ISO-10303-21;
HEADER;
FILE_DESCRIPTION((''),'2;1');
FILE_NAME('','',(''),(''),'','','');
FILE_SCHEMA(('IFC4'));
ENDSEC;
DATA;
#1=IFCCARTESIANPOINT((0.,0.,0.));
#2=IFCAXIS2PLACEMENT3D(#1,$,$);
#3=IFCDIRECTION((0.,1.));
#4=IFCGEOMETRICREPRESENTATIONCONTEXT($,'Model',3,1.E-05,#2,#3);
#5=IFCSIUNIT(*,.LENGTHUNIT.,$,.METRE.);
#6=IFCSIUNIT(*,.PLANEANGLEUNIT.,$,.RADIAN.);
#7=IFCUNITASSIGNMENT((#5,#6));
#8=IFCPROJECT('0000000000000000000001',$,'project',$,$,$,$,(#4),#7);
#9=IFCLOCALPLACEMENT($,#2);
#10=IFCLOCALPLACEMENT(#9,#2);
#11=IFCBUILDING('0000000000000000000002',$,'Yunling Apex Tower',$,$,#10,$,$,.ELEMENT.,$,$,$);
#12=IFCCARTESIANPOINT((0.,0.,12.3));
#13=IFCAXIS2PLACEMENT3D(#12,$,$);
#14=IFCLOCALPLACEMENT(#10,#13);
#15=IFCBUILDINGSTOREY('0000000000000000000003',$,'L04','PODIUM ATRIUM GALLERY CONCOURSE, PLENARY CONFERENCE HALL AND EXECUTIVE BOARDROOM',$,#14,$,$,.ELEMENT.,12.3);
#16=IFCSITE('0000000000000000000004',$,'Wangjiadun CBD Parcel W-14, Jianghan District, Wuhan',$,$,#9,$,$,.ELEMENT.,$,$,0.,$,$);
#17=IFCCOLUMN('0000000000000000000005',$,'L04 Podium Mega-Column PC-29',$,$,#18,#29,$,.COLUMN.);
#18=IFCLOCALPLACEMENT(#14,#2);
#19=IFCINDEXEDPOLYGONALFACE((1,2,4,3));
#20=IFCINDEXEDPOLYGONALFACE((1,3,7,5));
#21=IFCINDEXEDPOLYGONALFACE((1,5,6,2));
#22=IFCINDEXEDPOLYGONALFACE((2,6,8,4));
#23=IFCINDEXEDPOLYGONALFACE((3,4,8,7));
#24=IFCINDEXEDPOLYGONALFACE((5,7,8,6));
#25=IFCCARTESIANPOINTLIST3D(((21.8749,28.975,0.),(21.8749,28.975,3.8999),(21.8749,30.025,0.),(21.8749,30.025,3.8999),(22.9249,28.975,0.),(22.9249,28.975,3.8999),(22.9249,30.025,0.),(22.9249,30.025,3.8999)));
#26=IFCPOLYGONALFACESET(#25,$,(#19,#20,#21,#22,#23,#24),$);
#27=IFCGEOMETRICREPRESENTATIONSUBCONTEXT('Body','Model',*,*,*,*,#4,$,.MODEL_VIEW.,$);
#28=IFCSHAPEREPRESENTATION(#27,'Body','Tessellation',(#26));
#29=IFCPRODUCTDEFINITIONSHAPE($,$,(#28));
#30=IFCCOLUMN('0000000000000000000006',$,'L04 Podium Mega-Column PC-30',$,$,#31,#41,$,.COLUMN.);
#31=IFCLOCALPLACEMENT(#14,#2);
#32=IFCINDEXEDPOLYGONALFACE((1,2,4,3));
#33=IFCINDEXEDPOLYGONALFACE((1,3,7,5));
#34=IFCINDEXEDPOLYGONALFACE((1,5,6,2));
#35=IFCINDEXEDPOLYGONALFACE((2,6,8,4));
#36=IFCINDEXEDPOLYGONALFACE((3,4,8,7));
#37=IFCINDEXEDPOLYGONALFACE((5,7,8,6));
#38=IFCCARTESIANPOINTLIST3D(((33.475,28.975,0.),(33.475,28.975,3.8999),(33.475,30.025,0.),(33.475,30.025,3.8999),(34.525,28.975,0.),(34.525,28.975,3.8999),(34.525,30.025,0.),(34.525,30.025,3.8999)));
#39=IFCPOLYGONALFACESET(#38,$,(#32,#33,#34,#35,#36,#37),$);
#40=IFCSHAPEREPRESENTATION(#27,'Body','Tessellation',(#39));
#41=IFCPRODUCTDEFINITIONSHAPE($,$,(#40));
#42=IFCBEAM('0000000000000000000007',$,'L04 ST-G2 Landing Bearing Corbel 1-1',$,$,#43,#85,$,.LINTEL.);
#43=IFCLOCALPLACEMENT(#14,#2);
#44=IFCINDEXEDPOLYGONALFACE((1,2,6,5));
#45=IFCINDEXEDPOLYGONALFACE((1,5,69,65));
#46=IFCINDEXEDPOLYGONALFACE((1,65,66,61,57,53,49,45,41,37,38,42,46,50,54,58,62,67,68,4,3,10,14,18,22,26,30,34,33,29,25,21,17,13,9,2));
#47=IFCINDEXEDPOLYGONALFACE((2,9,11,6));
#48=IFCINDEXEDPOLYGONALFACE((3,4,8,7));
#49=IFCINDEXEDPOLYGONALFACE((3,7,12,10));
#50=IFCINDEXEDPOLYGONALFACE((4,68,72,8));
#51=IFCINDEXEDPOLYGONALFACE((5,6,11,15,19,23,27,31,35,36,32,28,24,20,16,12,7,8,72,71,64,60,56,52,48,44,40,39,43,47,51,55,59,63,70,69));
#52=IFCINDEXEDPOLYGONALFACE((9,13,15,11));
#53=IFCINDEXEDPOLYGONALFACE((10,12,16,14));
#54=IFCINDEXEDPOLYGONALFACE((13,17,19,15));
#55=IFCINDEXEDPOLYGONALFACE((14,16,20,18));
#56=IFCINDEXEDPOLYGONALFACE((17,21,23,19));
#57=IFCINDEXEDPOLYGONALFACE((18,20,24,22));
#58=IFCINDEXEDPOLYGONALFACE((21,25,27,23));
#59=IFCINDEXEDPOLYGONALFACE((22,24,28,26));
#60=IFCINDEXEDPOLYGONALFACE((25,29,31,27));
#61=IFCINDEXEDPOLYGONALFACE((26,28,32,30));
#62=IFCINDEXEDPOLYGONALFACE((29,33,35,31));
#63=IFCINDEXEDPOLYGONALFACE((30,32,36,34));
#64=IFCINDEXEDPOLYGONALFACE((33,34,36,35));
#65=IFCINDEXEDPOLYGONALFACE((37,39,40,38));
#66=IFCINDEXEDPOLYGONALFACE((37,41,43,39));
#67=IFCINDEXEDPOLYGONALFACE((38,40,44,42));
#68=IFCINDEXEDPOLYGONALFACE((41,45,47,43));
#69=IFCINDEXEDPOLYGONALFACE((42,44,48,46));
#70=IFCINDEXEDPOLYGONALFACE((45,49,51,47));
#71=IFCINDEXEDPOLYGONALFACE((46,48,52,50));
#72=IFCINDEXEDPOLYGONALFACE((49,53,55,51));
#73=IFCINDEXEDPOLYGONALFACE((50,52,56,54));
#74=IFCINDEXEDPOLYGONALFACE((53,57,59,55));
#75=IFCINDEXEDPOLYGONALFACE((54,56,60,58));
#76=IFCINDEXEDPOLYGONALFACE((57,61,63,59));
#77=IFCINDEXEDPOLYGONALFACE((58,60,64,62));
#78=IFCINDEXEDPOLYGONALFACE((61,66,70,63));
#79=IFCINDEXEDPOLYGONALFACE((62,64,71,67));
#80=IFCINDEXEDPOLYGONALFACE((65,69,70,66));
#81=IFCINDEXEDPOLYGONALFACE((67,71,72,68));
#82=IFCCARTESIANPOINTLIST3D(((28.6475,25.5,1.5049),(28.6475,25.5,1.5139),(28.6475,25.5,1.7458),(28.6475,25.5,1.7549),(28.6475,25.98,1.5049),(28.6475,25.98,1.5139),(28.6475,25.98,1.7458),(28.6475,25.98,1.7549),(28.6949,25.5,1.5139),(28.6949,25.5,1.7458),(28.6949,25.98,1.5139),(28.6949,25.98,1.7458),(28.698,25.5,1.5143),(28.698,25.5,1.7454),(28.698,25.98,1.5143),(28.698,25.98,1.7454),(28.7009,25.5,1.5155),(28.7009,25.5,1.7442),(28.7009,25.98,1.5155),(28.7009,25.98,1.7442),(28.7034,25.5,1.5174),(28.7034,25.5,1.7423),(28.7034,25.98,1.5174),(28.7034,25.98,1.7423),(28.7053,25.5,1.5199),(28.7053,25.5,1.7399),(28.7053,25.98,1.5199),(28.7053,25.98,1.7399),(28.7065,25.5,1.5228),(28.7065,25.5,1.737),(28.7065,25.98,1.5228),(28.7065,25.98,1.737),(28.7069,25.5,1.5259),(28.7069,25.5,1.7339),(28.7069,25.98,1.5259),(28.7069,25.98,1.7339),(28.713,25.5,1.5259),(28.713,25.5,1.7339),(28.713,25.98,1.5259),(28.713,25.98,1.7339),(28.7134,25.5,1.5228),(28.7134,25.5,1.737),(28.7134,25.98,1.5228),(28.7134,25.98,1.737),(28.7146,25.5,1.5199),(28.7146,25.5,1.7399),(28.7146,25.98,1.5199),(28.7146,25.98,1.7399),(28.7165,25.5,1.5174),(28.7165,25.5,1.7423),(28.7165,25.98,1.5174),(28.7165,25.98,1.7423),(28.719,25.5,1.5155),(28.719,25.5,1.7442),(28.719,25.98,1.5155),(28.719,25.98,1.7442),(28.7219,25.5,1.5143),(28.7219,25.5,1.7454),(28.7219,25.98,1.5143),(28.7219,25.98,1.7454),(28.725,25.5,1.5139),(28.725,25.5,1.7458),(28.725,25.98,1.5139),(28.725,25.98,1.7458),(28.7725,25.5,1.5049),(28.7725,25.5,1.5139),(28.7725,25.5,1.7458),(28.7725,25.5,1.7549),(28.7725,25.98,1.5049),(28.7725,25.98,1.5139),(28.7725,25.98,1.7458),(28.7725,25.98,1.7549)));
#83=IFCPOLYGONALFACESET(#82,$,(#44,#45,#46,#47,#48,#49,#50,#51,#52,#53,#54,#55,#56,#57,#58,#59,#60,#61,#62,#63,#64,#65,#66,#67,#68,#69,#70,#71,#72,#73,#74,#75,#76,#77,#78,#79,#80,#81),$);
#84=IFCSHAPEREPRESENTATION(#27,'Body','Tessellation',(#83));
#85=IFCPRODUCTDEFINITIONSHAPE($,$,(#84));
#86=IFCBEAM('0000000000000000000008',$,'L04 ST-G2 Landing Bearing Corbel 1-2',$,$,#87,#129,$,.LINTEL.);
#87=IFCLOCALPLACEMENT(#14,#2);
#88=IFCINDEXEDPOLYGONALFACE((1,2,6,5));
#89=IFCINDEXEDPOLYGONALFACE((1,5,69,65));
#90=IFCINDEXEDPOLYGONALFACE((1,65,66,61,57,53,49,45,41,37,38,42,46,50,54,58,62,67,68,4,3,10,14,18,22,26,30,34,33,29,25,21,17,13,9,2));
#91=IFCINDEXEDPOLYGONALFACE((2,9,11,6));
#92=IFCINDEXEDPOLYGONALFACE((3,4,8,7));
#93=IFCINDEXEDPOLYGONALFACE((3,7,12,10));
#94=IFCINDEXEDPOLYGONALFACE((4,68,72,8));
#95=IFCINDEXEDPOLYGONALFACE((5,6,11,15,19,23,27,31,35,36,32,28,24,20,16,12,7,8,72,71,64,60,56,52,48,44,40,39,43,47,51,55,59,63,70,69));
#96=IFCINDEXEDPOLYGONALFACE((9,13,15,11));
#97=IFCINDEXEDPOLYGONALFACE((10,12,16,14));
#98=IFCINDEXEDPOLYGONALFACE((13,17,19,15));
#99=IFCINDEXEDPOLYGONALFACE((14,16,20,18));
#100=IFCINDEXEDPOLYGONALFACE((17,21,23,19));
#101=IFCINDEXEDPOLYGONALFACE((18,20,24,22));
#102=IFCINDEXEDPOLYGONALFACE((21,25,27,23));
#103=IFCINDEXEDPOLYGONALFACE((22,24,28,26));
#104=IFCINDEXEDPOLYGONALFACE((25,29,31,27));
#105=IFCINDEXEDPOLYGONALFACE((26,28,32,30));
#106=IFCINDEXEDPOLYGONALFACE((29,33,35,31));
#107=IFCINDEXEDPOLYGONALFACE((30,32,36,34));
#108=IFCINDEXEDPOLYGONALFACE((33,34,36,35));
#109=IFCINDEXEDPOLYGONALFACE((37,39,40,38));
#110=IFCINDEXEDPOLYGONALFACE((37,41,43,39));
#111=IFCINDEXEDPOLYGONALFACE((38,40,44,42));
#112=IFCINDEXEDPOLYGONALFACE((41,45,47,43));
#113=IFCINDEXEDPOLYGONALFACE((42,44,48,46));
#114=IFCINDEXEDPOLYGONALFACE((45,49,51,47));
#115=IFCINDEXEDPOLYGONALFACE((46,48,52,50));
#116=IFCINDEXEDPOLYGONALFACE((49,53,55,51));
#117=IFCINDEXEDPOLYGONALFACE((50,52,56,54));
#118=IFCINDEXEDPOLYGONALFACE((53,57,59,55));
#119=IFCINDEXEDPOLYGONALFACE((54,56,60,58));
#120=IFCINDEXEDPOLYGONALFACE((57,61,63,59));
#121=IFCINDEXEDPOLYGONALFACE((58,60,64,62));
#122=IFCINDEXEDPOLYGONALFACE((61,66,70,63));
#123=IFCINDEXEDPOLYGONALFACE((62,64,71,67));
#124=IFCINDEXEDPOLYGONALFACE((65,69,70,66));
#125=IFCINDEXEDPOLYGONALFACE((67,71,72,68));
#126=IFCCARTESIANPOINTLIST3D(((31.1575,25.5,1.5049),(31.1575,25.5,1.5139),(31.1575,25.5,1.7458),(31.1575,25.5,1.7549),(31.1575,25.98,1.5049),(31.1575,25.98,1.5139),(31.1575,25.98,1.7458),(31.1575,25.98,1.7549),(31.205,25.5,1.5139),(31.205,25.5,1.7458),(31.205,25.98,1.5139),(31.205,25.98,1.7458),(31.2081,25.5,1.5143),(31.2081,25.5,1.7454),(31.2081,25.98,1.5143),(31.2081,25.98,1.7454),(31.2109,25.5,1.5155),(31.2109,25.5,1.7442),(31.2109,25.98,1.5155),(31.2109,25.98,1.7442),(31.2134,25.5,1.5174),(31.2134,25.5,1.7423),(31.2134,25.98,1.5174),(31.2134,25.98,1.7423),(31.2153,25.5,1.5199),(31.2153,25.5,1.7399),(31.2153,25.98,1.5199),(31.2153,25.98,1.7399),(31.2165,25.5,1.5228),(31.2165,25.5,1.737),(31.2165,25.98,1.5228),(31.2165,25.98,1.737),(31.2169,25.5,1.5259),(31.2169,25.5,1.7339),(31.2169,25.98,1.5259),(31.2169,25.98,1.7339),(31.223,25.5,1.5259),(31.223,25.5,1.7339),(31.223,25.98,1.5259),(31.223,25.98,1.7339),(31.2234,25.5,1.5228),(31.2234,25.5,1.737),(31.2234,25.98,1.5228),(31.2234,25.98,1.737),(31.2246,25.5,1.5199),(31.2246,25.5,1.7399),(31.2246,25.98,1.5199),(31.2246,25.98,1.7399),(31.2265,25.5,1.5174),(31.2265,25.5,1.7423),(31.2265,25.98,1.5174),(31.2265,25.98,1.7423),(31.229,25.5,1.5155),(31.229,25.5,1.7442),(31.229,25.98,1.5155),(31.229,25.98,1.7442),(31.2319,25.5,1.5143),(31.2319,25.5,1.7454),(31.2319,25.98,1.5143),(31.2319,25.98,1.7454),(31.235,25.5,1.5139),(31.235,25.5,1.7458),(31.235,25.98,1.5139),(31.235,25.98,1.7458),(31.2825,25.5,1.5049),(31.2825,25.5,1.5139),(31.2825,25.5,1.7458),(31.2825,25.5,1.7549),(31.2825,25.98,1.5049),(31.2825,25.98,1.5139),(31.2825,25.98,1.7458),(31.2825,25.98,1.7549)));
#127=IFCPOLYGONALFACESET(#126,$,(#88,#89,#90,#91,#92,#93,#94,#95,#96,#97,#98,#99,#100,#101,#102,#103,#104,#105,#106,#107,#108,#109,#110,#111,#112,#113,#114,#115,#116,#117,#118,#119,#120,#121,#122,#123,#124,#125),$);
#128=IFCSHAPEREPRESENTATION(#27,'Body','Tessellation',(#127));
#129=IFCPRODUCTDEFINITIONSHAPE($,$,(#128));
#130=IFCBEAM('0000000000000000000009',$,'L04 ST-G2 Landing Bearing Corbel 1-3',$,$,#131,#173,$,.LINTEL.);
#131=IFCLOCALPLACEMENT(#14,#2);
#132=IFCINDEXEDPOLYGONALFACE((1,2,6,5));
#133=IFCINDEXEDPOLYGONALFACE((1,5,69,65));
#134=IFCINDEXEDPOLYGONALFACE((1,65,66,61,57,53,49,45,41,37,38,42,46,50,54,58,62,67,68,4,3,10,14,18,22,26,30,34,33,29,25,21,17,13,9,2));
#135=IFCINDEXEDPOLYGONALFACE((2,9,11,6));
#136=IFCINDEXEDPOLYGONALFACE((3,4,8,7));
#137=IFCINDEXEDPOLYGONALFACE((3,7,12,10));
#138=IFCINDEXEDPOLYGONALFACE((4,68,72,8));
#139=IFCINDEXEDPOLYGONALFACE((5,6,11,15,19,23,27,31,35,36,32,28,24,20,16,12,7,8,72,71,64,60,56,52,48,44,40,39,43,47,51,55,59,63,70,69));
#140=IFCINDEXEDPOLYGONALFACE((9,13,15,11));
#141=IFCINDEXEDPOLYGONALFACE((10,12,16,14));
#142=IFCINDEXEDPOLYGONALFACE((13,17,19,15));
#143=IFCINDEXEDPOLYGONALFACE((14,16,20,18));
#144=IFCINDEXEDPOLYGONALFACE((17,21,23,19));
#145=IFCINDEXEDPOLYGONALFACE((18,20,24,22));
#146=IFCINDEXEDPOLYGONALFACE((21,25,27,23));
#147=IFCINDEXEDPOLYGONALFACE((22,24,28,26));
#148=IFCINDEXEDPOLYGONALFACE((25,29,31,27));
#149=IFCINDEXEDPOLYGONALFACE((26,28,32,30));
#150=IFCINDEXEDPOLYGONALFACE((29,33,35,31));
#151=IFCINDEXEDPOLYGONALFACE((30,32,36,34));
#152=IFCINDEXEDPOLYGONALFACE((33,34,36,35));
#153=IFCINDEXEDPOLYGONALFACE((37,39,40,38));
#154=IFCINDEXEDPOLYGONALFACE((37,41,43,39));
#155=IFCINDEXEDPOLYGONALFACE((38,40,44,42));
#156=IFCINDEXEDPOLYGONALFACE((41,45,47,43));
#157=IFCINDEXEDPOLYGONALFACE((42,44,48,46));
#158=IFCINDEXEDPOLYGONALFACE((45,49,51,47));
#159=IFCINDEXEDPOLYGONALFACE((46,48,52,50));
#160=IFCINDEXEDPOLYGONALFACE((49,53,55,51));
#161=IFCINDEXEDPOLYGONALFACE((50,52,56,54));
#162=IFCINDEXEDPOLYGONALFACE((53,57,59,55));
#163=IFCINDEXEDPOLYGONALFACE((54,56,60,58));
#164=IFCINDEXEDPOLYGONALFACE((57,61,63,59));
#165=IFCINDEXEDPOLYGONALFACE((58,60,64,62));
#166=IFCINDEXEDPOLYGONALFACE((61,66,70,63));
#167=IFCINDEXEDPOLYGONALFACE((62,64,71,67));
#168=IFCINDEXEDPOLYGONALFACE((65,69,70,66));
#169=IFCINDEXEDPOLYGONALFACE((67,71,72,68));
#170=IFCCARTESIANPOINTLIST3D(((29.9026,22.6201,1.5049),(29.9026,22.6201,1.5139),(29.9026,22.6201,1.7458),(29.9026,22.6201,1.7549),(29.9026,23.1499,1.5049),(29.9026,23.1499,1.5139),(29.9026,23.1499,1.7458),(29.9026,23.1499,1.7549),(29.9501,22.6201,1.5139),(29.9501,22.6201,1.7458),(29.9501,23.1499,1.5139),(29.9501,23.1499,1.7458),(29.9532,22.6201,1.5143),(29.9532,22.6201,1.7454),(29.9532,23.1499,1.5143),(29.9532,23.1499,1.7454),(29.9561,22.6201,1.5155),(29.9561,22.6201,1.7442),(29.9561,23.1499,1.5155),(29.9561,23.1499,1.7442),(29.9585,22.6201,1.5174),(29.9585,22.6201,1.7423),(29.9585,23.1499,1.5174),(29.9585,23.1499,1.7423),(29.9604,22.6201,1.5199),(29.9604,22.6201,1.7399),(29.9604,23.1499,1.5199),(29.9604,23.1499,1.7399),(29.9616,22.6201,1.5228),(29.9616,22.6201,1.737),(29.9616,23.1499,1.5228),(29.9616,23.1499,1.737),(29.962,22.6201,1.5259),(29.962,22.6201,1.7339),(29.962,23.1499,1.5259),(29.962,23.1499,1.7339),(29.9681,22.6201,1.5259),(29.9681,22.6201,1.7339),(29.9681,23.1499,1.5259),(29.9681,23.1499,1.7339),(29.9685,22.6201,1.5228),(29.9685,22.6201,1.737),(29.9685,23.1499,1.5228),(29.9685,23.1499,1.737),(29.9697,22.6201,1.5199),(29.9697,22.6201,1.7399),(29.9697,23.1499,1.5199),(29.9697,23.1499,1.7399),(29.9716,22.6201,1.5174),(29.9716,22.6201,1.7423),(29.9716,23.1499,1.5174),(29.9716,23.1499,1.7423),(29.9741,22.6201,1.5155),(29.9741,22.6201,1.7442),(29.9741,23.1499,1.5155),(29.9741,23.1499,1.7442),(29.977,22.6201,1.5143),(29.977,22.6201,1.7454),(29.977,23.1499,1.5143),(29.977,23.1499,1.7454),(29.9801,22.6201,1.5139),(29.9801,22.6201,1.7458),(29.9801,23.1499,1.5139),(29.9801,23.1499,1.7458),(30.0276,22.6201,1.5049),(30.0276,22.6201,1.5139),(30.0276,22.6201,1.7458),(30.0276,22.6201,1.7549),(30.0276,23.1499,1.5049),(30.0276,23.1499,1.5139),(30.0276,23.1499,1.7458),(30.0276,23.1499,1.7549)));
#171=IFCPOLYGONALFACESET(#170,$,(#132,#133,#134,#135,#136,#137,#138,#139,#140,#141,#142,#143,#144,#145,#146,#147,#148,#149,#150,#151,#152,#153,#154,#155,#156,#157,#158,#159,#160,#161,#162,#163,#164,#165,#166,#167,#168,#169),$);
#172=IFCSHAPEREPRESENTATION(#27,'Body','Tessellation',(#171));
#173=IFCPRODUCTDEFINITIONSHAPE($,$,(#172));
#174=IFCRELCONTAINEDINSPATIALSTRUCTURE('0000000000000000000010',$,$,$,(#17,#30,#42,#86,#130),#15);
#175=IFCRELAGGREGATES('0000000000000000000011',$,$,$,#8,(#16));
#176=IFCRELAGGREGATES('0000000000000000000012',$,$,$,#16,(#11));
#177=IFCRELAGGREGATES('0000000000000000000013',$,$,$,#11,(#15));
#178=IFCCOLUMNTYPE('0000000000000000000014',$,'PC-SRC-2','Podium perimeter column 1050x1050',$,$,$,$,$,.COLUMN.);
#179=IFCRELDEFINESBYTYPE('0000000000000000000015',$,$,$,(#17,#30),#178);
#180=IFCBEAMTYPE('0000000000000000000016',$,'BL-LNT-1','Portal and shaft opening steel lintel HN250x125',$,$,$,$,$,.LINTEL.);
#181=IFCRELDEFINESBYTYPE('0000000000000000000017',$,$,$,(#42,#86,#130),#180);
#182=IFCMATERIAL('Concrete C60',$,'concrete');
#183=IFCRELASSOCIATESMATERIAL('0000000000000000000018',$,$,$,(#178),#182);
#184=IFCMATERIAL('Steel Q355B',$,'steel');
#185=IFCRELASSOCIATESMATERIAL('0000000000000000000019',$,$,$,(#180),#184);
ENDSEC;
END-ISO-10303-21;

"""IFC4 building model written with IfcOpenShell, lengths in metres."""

from ifc_helpers import new_model, si_unit, direction, frame, origin, origin_2d, place, context, subcontext, project, spatial, rectangle, i_section, extrude, source, transform, mapped, material, material_profile, profile_set, type_object, element, save


model = new_model("IFC4")

# Units and contexts
model_context = context("Model", 3, precision=1e-05, world=origin(), true_north=direction((0.0, 1.0)))
body_context = subcontext(model_context, "Body", "Model", "MODEL_VIEW")
ifc_project = project(units=[si_unit("LENGTHUNIT", "METRE"), si_unit("PLANEANGLEUNIT", "RADIAN")], contexts=[model_context])

# Site, building, storey
site_placement = place(None, origin())
site = spatial("IfcSite", under=ifc_project, at=site_placement, Name="Wangjiadun CBD Parcel W-14, Jianghan District, Wuhan", CompositionType="ELEMENT", RefElevation=0.0)
building_placement = place(site_placement, origin())
building = spatial("IfcBuilding", under=site, at=building_placement, Name="Yunling Apex Tower", CompositionType="ELEMENT")
storey_placement = place(building_placement, frame((0.0, 0.0, 12.3)))
storey = spatial("IfcBuildingStorey", under=building, at=storey_placement, Name="L04", Description="PODIUM ATRIUM GALLERY CONCOURSE, PLENARY CONFERENCE HALL AND EXECUTIVE BOARDROOM", CompositionType="ELEMENT", Elevation=12.3)

# Columns
ifc_material_1 = material(Name="Concrete C60", Category="concrete")
ifc_material_profile_1 = material_profile(ifc_material_1, rectangle(XDim=1.05, YDim=1.05, at=origin_2d()))
ifc_profile_set_1 = profile_set([ifc_material_profile_1], Name="Concrete C60")
column_type = type_object("IfcColumnType", Name="PC-SRC-2", Description="Podium perimeter column 1050x1050", PredefinedType="COLUMN", material=ifc_profile_set_1)
shared_shape_1 = source(origin(), body_context, "Body", "SweptSolid", [
    extrude(rectangle(XDim=1.05, YDim=1.05, at=origin_2d()), origin(), (0.0, 0.0, 1.0), 3.8999),
])
for number, where, z_axis, x_axis, name in (
    (1, (22.3999, 29.5, 0.0), (0.0, 0.0, 1.0), (1.0, 0.0, 0.0), "L04 Podium Mega-Column PC-29"),
    (2, (34.0, 29.5, 0.0), (0.0, 0.0, 1.0), (1.0, 0.0, 0.0), "L04 Podium Mega-Column PC-30"),
):
    element("IfcColumn", number, at=place(storey_placement, frame(where, z_axis=z_axis, x_axis=x_axis)), inside=storey, type_object=column_type, Name=name, PredefinedType="COLUMN", context=body_context, shape_type="MappedRepresentation", body=[
        mapped(shared_shape_1, transform((0.0, 0.0, 0.0), scale=1.0)),
    ])

# Beams
ifc_material_2 = material(Name="Steel Q355B", Category="steel")
ifc_material_profile_2 = material_profile(ifc_material_2, i_section(OverallWidth=0.125, OverallDepth=0.25, WebThickness=0.0061, FlangeThickness=0.009, FilletRadius=0.012, at=origin_2d()))
ifc_profile_set_2 = profile_set([ifc_material_profile_2], Name="Steel Q355B")
beam_type_1 = type_object("IfcBeamType", Name="BL-LNT-1", Description="Portal and shaft opening steel lintel HN250x125", PredefinedType="LINTEL", material=ifc_profile_set_2)
shared_shape_2 = source(origin(), body_context, "Body", "SweptSolid", [
    extrude(i_section(OverallWidth=0.125, OverallDepth=0.25, WebThickness=0.0061, FlangeThickness=0.009, FilletRadius=0.012, at=origin_2d()), origin(), (0.0, 0.0, 1.0), 0.48),
])
for number, where, z_axis, x_axis, name in (
    (3, (28.71, 25.98, 1.6299), (0.0, -1.0, 0.0), (1.0, 0.0, 0.0), "L04 ST-G2 Landing Bearing Corbel 1-1"),
    (4, (31.22, 25.98, 1.6299), (0.0, -1.0, 0.0), (1.0, 0.0, 0.0), "L04 ST-G2 Landing Bearing Corbel 1-2"),
):
    element("IfcBeam", number, at=place(storey_placement, frame(where, z_axis=z_axis, x_axis=x_axis)), inside=storey, type_object=beam_type_1, Name=name, PredefinedType="LINTEL", context=body_context, shape_type="MappedRepresentation", body=[
        mapped(shared_shape_2, transform((0.0, 0.0, 0.0), scale=1.0)),
    ])
shared_shape_3 = source(origin(), body_context, "Body", "SweptSolid", [
    extrude(i_section(OverallWidth=0.125, OverallDepth=0.25, WebThickness=0.0061, FlangeThickness=0.009, FilletRadius=0.012, at=origin_2d()), origin(), (0.0, 0.0, 1.0), 0.5298),
])
beam_1_placement = place(storey_placement, frame((29.9651, 22.6201, 1.6299), z_axis=(0.0, 1.0, 0.0), x_axis=(-1.0, 0.0, 0.0)))
element("IfcBeam", 5, at=beam_1_placement, inside=storey, type_object=beam_type_1, Name="L04 ST-G2 Landing Bearing Corbel 1-3", PredefinedType="LINTEL", context=body_context, shape_type="MappedRepresentation", body=[
    mapped(shared_shape_3, transform((0.0, 0.0, 0.0), scale=1.0)),
])

save(model, "model.ifc")
